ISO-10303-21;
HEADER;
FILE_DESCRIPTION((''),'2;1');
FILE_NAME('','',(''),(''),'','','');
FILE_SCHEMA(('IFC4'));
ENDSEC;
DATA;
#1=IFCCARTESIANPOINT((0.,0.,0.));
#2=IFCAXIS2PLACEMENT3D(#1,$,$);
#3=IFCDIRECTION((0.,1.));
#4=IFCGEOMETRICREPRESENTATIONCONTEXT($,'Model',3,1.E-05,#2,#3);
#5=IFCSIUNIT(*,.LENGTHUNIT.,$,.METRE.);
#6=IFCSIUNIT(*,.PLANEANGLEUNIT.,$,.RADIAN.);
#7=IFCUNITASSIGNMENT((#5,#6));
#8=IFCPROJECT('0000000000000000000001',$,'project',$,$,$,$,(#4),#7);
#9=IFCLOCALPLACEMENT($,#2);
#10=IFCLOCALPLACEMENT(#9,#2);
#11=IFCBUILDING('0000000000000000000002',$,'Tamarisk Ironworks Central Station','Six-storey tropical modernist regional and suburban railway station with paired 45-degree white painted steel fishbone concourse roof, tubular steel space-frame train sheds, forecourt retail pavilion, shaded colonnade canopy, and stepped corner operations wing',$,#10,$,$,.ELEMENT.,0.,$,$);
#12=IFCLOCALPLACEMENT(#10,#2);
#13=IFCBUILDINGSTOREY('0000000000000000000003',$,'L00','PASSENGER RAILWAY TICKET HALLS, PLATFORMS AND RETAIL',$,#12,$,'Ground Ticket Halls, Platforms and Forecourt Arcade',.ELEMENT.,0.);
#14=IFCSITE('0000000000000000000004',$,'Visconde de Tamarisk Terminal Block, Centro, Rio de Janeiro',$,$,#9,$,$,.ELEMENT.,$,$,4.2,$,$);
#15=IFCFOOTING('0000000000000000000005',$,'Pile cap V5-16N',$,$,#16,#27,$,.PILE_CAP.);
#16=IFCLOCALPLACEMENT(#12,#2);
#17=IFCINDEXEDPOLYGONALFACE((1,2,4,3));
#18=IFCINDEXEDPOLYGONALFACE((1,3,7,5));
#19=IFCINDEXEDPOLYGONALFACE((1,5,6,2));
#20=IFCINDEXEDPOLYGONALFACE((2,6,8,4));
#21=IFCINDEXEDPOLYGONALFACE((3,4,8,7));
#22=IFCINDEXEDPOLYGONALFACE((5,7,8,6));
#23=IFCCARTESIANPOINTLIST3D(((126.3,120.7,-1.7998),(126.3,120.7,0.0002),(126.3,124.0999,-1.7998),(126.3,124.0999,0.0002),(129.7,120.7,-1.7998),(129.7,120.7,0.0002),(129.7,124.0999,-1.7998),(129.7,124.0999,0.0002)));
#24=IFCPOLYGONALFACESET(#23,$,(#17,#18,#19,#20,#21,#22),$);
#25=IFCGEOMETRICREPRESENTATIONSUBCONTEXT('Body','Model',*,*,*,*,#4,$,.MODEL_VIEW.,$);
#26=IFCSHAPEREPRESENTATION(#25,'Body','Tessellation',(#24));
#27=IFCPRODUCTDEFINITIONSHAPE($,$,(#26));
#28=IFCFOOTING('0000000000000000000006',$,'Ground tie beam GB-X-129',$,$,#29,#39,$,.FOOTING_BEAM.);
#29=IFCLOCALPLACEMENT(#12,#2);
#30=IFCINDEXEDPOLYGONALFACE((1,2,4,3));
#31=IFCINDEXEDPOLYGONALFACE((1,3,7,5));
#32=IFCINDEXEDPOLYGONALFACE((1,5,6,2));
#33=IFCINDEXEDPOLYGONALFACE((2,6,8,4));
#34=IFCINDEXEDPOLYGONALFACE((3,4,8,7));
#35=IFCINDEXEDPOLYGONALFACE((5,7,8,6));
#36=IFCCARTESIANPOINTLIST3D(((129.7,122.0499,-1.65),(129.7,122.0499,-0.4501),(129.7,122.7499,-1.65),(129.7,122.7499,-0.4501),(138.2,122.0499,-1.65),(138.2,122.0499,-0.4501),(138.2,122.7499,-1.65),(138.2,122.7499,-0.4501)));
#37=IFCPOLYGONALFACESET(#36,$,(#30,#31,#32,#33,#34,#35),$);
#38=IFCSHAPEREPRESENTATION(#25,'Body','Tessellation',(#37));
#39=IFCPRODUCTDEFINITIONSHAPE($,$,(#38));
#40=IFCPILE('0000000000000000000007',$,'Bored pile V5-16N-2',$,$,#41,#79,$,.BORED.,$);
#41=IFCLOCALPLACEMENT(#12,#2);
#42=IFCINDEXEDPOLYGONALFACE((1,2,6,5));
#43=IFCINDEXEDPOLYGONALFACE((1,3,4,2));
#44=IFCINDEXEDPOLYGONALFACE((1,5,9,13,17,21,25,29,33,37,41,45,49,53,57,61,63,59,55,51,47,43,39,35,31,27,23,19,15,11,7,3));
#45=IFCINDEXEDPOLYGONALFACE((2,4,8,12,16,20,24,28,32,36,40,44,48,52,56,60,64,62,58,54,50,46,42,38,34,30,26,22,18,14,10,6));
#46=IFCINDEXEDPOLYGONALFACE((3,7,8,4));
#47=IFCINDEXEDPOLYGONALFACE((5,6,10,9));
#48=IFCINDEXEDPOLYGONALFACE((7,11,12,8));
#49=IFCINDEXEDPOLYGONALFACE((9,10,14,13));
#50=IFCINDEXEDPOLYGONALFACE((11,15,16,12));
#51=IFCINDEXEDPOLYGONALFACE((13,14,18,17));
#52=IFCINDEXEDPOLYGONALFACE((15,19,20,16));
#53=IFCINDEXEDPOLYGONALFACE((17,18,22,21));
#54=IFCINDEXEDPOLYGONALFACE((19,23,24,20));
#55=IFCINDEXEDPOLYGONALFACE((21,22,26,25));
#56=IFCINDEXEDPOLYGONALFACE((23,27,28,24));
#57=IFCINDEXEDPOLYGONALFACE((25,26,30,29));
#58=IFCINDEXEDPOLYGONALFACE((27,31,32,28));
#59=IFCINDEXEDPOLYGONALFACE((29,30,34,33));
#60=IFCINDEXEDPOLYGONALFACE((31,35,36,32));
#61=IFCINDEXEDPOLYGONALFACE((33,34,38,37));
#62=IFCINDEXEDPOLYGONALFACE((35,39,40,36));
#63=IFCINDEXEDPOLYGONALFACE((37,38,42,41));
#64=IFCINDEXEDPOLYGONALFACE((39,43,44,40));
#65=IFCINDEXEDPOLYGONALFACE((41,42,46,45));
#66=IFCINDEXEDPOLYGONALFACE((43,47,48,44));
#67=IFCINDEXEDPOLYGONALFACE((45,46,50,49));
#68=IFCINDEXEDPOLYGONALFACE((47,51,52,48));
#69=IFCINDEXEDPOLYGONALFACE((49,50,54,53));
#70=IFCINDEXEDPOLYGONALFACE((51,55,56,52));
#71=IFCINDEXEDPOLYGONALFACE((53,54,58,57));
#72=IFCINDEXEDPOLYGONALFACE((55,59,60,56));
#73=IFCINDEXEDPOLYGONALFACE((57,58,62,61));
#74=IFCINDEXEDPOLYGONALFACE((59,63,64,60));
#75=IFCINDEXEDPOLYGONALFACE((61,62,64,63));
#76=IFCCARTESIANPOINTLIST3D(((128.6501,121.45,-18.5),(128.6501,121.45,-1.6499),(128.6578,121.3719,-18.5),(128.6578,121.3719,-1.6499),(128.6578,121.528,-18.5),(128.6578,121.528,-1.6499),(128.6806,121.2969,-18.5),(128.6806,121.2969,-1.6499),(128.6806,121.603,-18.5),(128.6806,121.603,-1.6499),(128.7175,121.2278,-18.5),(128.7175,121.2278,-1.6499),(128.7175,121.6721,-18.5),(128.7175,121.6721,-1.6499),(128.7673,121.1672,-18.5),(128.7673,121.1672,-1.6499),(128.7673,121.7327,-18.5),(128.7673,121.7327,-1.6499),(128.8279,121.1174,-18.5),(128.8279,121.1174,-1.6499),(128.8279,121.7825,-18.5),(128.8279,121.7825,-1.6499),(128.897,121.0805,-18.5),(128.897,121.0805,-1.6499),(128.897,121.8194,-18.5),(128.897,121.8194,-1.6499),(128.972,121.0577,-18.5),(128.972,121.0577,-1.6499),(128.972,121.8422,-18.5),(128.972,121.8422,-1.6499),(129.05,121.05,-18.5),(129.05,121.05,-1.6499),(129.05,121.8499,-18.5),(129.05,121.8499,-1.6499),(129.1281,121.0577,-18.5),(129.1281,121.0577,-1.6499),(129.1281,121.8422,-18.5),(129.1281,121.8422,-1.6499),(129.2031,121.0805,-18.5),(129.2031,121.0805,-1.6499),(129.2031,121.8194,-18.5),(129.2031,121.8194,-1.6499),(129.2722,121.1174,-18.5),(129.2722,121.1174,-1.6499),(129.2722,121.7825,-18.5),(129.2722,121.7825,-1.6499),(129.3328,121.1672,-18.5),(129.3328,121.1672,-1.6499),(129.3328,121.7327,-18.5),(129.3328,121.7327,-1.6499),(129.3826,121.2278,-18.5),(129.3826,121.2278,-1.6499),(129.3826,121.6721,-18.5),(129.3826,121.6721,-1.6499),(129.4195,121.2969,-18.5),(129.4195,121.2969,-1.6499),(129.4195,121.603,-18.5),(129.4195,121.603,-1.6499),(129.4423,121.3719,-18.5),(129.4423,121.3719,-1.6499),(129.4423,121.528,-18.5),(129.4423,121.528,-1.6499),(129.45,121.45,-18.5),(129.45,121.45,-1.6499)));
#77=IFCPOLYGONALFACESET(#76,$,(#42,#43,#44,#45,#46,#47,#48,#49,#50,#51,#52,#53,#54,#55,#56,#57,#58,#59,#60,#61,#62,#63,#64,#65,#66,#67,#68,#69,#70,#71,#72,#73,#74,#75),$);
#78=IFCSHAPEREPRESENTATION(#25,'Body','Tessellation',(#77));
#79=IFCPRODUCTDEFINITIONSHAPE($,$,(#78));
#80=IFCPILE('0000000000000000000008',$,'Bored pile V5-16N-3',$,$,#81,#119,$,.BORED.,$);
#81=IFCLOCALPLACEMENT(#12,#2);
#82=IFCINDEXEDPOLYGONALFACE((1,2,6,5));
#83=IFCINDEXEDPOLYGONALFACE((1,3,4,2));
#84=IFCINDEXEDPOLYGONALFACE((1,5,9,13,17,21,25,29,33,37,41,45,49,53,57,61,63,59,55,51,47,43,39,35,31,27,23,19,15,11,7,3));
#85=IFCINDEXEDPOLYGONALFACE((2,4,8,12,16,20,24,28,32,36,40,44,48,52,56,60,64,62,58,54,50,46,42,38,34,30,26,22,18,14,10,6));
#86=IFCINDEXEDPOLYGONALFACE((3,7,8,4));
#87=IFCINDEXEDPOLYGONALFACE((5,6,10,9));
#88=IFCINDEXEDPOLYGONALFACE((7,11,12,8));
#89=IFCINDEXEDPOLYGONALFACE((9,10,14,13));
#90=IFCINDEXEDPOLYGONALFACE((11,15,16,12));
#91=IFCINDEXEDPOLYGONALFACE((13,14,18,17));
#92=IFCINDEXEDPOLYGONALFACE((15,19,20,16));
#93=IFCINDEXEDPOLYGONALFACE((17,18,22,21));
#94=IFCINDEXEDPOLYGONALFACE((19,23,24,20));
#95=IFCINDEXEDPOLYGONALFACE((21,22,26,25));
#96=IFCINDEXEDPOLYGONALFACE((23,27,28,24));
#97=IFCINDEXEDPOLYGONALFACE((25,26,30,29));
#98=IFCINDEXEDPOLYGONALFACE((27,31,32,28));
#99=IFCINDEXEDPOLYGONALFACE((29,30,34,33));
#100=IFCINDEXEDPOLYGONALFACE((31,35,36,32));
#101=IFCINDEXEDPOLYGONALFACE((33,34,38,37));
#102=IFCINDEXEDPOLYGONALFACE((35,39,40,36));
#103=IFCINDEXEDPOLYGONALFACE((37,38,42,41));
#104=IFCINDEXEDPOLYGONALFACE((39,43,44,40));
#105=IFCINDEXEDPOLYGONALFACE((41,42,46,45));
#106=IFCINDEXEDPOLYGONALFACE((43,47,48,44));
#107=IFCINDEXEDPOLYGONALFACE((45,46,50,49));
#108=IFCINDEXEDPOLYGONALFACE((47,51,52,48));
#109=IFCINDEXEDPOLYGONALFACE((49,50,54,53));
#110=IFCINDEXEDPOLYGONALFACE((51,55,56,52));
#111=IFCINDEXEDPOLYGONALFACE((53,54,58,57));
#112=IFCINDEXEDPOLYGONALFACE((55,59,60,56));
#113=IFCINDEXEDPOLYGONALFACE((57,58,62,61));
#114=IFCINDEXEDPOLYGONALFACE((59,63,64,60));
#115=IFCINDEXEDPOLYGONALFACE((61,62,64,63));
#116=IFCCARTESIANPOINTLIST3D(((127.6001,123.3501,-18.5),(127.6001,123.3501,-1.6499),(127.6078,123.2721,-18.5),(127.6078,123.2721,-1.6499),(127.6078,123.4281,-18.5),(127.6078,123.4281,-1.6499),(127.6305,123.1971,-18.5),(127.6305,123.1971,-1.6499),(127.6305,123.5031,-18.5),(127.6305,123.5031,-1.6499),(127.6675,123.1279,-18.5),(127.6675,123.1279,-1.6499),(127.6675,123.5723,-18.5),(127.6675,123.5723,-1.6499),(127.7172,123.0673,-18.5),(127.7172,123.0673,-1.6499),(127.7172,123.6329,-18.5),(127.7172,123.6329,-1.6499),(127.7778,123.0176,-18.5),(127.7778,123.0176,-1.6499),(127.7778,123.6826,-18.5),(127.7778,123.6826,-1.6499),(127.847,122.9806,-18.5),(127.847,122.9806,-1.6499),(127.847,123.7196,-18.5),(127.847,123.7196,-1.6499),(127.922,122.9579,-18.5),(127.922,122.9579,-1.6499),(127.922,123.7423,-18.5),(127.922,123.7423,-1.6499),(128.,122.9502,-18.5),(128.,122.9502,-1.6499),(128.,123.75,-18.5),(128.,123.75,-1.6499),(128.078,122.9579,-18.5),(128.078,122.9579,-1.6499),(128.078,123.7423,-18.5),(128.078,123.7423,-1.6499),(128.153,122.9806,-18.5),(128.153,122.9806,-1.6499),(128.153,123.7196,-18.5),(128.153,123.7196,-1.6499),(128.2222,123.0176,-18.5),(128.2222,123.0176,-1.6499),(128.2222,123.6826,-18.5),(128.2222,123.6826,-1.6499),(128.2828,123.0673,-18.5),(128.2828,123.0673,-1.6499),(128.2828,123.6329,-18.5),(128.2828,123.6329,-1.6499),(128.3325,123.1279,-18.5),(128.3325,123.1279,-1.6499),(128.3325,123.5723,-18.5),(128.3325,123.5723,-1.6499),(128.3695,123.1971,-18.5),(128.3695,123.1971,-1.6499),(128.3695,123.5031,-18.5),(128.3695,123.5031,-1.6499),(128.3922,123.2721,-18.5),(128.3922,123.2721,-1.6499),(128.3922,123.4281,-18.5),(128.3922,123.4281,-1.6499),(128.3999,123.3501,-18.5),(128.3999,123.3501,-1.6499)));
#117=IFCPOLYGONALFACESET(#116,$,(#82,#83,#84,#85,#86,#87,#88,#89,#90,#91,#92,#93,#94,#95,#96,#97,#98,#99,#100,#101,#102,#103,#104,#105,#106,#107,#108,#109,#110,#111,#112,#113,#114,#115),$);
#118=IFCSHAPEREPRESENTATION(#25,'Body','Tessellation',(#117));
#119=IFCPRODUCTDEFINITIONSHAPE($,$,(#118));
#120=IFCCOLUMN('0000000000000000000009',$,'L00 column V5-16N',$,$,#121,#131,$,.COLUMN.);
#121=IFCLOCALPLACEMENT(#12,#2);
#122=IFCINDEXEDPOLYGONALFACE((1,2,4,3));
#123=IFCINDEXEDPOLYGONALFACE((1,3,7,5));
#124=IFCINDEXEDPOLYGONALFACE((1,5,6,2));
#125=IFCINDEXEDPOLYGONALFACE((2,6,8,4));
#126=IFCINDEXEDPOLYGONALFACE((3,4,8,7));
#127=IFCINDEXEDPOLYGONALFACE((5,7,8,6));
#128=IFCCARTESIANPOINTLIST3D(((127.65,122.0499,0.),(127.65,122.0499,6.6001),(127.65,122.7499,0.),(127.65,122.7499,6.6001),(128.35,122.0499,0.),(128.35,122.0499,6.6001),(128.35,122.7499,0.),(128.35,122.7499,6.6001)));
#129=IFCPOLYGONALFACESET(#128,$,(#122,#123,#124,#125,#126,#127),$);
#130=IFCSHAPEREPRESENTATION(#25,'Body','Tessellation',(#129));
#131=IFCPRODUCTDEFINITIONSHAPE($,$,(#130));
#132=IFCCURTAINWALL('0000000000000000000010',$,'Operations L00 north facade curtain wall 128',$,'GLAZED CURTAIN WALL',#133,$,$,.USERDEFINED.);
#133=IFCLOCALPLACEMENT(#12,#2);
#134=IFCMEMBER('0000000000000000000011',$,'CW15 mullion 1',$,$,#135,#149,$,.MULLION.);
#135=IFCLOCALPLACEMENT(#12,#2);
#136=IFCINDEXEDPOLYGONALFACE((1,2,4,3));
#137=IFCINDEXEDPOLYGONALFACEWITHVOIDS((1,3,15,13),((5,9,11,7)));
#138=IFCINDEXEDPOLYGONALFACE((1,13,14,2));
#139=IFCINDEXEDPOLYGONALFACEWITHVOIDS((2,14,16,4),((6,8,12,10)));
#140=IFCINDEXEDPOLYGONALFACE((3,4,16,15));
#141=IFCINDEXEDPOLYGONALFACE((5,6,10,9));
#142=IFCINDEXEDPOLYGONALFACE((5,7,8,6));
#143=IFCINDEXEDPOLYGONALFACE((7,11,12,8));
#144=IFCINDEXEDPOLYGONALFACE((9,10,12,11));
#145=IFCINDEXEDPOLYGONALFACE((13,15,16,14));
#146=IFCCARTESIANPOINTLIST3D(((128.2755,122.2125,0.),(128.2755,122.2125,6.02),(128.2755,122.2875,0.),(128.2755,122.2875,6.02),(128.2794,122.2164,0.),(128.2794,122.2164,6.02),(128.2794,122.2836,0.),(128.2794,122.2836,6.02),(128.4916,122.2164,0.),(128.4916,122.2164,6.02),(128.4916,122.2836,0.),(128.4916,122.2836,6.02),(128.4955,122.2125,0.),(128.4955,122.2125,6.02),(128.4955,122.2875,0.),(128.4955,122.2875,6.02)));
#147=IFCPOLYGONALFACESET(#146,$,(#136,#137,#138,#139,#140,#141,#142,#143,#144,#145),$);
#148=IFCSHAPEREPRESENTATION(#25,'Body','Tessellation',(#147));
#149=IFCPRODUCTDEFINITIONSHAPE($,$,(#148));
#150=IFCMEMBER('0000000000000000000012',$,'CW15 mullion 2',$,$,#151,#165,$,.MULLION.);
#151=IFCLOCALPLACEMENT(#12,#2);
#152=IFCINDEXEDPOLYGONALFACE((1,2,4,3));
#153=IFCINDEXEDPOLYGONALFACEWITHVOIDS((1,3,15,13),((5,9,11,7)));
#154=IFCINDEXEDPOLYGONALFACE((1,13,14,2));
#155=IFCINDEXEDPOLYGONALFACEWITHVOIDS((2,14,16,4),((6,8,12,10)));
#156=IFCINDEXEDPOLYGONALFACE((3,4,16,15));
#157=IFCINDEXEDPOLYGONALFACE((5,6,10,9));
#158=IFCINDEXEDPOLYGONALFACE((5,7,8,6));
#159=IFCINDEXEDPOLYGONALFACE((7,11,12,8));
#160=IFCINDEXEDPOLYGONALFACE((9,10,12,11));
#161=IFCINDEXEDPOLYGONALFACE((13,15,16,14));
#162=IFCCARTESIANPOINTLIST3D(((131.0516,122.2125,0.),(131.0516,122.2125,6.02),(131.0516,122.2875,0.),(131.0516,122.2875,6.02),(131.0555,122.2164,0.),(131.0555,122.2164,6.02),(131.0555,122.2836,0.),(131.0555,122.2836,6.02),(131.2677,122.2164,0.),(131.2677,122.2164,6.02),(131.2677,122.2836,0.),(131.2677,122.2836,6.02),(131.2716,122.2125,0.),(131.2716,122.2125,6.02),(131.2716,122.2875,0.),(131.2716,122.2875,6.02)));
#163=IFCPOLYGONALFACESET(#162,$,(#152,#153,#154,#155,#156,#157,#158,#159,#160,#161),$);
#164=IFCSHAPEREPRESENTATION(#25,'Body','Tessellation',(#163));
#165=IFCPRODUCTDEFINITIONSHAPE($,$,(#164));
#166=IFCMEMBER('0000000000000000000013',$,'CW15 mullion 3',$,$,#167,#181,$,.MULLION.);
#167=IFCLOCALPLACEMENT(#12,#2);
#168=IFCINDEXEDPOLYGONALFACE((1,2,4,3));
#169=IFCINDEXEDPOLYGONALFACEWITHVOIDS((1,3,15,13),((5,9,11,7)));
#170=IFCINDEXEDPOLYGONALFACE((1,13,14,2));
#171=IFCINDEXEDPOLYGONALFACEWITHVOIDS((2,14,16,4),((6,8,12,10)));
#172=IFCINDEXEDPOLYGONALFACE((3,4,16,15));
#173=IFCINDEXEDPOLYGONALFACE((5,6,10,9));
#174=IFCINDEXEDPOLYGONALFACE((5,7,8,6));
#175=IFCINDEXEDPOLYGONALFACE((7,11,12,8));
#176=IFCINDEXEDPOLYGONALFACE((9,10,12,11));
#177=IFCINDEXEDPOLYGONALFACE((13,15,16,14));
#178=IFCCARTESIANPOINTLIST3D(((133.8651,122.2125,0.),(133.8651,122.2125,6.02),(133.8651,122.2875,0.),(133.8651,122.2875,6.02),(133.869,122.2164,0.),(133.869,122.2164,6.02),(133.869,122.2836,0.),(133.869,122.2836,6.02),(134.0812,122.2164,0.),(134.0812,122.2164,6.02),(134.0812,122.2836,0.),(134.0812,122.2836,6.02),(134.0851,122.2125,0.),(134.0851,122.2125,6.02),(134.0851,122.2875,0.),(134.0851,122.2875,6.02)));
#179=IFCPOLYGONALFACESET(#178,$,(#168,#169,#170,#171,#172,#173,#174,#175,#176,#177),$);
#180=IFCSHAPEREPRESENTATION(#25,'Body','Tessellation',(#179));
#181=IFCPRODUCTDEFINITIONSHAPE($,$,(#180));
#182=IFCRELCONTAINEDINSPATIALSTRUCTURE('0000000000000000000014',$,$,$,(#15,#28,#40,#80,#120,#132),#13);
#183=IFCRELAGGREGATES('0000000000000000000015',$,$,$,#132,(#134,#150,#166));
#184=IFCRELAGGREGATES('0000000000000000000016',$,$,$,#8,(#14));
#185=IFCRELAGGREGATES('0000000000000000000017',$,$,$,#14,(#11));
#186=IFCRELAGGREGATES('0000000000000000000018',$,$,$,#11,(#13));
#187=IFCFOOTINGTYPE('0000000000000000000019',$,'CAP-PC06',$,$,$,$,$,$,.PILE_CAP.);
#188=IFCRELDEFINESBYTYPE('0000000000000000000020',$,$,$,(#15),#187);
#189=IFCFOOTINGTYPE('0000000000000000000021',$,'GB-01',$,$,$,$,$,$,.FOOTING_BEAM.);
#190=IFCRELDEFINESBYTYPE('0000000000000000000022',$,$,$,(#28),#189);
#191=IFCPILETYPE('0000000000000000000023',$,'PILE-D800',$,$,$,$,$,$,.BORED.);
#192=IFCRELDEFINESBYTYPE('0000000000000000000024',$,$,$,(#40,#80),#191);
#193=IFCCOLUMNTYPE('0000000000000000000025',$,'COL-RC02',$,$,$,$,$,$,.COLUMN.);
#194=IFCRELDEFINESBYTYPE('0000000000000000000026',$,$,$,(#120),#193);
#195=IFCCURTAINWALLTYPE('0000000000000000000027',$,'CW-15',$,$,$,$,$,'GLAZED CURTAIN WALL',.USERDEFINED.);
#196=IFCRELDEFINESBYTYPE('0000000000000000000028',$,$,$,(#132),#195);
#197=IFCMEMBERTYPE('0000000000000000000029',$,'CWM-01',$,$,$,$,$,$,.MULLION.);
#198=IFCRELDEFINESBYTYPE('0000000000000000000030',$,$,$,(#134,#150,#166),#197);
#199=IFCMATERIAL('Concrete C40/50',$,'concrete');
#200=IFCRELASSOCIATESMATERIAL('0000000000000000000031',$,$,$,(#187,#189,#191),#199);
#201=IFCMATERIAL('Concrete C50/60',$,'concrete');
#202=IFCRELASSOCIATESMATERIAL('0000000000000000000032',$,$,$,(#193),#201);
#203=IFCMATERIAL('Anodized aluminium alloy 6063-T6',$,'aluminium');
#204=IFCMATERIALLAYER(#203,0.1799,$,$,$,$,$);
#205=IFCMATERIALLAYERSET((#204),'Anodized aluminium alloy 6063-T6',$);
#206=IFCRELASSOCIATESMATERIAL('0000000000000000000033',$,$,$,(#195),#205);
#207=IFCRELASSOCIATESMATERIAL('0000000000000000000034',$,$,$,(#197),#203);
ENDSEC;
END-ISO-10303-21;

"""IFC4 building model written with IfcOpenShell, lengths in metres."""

from ifc_helpers import new_model, si_unit, direction, frame, origin, origin_2d, place, context, subcontext, project, spatial, rectangle, hollow_rectangle, circle, extrude, material, layer, layer_set, material_profile, profile_set, type_object, element, aggregate, save


model = new_model("IFC4")

# Units and contexts
model_context = context("Model", 3, precision=1e-05, world=origin(), true_north=direction((0.0, 1.0)))
body_context = subcontext(model_context, "Body", "Model", "MODEL_VIEW")
ifc_project = project(units=[si_unit("LENGTHUNIT", "METRE"), si_unit("PLANEANGLEUNIT", "RADIAN")], contexts=[model_context])

# Site, building, storey
site_placement = place(None, origin())
site = spatial("IfcSite", under=ifc_project, at=site_placement, Name="Visconde de Tamarisk Terminal Block, Centro, Rio de Janeiro", CompositionType="ELEMENT", RefElevation=4.2)
building_placement = place(site_placement, origin())
building = spatial("IfcBuilding", under=site, at=building_placement, Name="Tamarisk Ironworks Central Station", Description="Six-storey tropical modernist regional and suburban railway station with paired 45-degree white painted steel fishbone concourse roof, tubular steel space-frame train sheds, forecourt retail pavilion, shaded colonnade canopy, and stepped corner operations wing", CompositionType="ELEMENT", ElevationOfRefHeight=0.0)
storey_placement = place(building_placement, origin())
storey = spatial("IfcBuildingStorey", under=building, at=storey_placement, Name="L00", Description="PASSENGER RAILWAY TICKET HALLS, PLATFORMS AND RETAIL", LongName="Ground Ticket Halls, Platforms and Forecourt Arcade", CompositionType="ELEMENT", Elevation=0.0)

# Footings
ifc_material_1 = material(Name="Concrete C40/50", Category="concrete")
footing_type_1 = type_object("IfcFootingType", Name="CAP-PC06", PredefinedType="PILE_CAP", material=ifc_material_1)
footing_1_placement = place(storey_placement, frame((128.0, 122.3999, -1.7998), z_axis=(0.0, 0.0, 1.0), x_axis=(1.0, 0.0, 0.0)))
element("IfcFooting", 1, at=footing_1_placement, inside=storey, type_object=footing_type_1, Name="Pile cap V5-16N", PredefinedType="PILE_CAP", context=body_context, shape_type="SweptSolid", body=[
    extrude(rectangle(XDim=3.3999, YDim=3.3999, at=origin_2d()), origin(), (0.0, 0.0, 1.0), 1.8),
])
ifc_material_profile_1 = material_profile(ifc_material_1, rectangle(XDim=0.7, YDim=1.2, at=origin_2d()), Name="GB01 700x1200")
ifc_profile_set_1 = profile_set([ifc_material_profile_1], Name="Concrete C40/50")
footing_type_2 = type_object("IfcFootingType", Name="GB-01", PredefinedType="FOOTING_BEAM", material=ifc_profile_set_1)
footing_2_placement = place(storey_placement, frame((129.7, 122.3999, -1.05), z_axis=(1.0, 0.0, 0.0), x_axis=(0.0, 1.0, 0.0)))
element("IfcFooting", 2, at=footing_2_placement, inside=storey, type_object=footing_type_2, Name="Ground tie beam GB-X-129", PredefinedType="FOOTING_BEAM", context=body_context, shape_type="SweptSolid", body=[
    extrude(rectangle(XDim=0.7, YDim=1.2, at=origin_2d()), origin(), (0.0, 0.0, 1.0), 8.5),
])

# Piles
ifc_material_profile_2 = material_profile(ifc_material_1, circle(Radius=0.3999, at=origin_2d()), Name="BORED PILE D800")
ifc_profile_set_2 = profile_set([ifc_material_profile_2], Name="Concrete C40/50")
pile_type = type_object("IfcPileType", Name="PILE-D800", PredefinedType="BORED", material=ifc_profile_set_2)
for number, where, z_axis, x_axis, name in (
    (3, (129.05, 121.45, -1.6499), (0.0, 0.0, -1.0), (1.0, 0.0, 0.0), "Bored pile V5-16N-2"),
    (4, (128.0, 123.3501, -1.6499), (0.0, 0.0, -1.0), (1.0, 0.0, 0.0), "Bored pile V5-16N-3"),
):
    element("IfcPile", number, at=place(storey_placement, frame(where, z_axis=z_axis, x_axis=x_axis)), inside=storey, type_object=pile_type, Name=name, PredefinedType="BORED", context=body_context, shape_type="SweptSolid", body=[
        extrude(circle(Radius=0.3999, at=origin_2d()), origin(), (0.0, 0.0, 1.0), 16.8501),
    ])

# Column
ifc_material_2 = material(Name="Concrete C50/60", Category="concrete")
ifc_material_profile_3 = material_profile(ifc_material_2, rectangle(XDim=0.7, YDim=0.7, at=origin_2d()), Name="RC 700x700")
ifc_profile_set_3 = profile_set([ifc_material_profile_3], Name="Concrete C50/60")
column_type = type_object("IfcColumnType", Name="COL-RC02", PredefinedType="COLUMN", material=ifc_profile_set_3)
column_placement = place(storey_placement, frame((128.0, 122.3999, 0.0), z_axis=(0.0, 0.0, 1.0), x_axis=(1.0, 0.0, 0.0)))
element("IfcColumn", 5, at=column_placement, inside=storey, type_object=column_type, Name="L00 column V5-16N", PredefinedType="COLUMN", context=body_context, shape_type="SweptSolid", body=[
    extrude(rectangle(XDim=0.7, YDim=0.7, at=origin_2d()), origin(), (0.0, 0.0, 1.0), 6.6001),
])

# Curtain wall, members
ifc_material_3 = material(Name="Anodized aluminium alloy 6063-T6", Category="aluminium")
ifc_layer_1 = layer(ifc_material_3, 0.1799)
ifc_layer_set_1 = layer_set([ifc_layer_1], Name="Anodized aluminium alloy 6063-T6")
curtain_wall_type = type_object("IfcCurtainWallType", Name="CW-15", ElementType="GLAZED CURTAIN WALL", PredefinedType="USERDEFINED", material=ifc_layer_set_1)
curtain_wall_placement = place(storey_placement, origin())
curtain_wall = element("IfcCurtainWall", 6, at=curtain_wall_placement, inside=storey, type_object=curtain_wall_type, Name="Operations L00 north facade curtain wall 128", ObjectType="GLAZED CURTAIN WALL", PredefinedType="USERDEFINED")
ifc_material_profile_4 = material_profile(ifc_material_3, hollow_rectangle(XDim=0.075, YDim=0.22, WallThickness=0.0039, at=origin_2d()), Name="ALUM 220x75")
ifc_profile_set_4 = profile_set([ifc_material_profile_4], Name="Anodized aluminium alloy 6063-T6")
member_type_1 = type_object("IfcMemberType", Name="CWM-01", PredefinedType="MULLION", material=ifc_profile_set_4)
member_1_placement = place(storey_placement, frame((128.3855, 122.25, 0.0), z_axis=(0.0, 0.0, 1.0), x_axis=(0.0, 1.0, 0.0)))
member_1 = element("IfcMember", 7, at=member_1_placement, type_object=member_type_1, Name="CW15 mullion 1", PredefinedType="MULLION", context=body_context, shape_type="SweptSolid", body=[
    extrude(hollow_rectangle(XDim=0.075, YDim=0.22, WallThickness=0.0039, at=origin_2d()), origin(), (0.0, 0.0, 1.0), 6.02),
])
member_2_placement = place(storey_placement, frame((131.1616, 122.25, 0.0), z_axis=(0.0, 0.0, 1.0), x_axis=(0.0, 1.0, 0.0)))
member_2 = element("IfcMember", 8, at=member_2_placement, type_object=member_type_1, Name="CW15 mullion 2", PredefinedType="MULLION", context=body_context, shape_type="SweptSolid", body=[
    extrude(hollow_rectangle(XDim=0.075, YDim=0.22, WallThickness=0.0039, at=origin_2d()), origin(), (0.0, 0.0, 1.0), 6.02),
])
member_3_placement = place(storey_placement, frame((133.9751, 122.25, 0.0), z_axis=(0.0, 0.0, 1.0), x_axis=(0.0, 1.0, 0.0)))
member_3 = element("IfcMember", 9, at=member_3_placement, type_object=member_type_1, Name="CW15 mullion 3", PredefinedType="MULLION", context=body_context, shape_type="SweptSolid", body=[
    extrude(hollow_rectangle(XDim=0.075, YDim=0.22, WallThickness=0.0039, at=origin_2d()), origin(), (0.0, 0.0, 1.0), 6.02),
])
aggregate(curtain_wall, [member_1, member_2, member_3])

save(model, "model.ifc")
